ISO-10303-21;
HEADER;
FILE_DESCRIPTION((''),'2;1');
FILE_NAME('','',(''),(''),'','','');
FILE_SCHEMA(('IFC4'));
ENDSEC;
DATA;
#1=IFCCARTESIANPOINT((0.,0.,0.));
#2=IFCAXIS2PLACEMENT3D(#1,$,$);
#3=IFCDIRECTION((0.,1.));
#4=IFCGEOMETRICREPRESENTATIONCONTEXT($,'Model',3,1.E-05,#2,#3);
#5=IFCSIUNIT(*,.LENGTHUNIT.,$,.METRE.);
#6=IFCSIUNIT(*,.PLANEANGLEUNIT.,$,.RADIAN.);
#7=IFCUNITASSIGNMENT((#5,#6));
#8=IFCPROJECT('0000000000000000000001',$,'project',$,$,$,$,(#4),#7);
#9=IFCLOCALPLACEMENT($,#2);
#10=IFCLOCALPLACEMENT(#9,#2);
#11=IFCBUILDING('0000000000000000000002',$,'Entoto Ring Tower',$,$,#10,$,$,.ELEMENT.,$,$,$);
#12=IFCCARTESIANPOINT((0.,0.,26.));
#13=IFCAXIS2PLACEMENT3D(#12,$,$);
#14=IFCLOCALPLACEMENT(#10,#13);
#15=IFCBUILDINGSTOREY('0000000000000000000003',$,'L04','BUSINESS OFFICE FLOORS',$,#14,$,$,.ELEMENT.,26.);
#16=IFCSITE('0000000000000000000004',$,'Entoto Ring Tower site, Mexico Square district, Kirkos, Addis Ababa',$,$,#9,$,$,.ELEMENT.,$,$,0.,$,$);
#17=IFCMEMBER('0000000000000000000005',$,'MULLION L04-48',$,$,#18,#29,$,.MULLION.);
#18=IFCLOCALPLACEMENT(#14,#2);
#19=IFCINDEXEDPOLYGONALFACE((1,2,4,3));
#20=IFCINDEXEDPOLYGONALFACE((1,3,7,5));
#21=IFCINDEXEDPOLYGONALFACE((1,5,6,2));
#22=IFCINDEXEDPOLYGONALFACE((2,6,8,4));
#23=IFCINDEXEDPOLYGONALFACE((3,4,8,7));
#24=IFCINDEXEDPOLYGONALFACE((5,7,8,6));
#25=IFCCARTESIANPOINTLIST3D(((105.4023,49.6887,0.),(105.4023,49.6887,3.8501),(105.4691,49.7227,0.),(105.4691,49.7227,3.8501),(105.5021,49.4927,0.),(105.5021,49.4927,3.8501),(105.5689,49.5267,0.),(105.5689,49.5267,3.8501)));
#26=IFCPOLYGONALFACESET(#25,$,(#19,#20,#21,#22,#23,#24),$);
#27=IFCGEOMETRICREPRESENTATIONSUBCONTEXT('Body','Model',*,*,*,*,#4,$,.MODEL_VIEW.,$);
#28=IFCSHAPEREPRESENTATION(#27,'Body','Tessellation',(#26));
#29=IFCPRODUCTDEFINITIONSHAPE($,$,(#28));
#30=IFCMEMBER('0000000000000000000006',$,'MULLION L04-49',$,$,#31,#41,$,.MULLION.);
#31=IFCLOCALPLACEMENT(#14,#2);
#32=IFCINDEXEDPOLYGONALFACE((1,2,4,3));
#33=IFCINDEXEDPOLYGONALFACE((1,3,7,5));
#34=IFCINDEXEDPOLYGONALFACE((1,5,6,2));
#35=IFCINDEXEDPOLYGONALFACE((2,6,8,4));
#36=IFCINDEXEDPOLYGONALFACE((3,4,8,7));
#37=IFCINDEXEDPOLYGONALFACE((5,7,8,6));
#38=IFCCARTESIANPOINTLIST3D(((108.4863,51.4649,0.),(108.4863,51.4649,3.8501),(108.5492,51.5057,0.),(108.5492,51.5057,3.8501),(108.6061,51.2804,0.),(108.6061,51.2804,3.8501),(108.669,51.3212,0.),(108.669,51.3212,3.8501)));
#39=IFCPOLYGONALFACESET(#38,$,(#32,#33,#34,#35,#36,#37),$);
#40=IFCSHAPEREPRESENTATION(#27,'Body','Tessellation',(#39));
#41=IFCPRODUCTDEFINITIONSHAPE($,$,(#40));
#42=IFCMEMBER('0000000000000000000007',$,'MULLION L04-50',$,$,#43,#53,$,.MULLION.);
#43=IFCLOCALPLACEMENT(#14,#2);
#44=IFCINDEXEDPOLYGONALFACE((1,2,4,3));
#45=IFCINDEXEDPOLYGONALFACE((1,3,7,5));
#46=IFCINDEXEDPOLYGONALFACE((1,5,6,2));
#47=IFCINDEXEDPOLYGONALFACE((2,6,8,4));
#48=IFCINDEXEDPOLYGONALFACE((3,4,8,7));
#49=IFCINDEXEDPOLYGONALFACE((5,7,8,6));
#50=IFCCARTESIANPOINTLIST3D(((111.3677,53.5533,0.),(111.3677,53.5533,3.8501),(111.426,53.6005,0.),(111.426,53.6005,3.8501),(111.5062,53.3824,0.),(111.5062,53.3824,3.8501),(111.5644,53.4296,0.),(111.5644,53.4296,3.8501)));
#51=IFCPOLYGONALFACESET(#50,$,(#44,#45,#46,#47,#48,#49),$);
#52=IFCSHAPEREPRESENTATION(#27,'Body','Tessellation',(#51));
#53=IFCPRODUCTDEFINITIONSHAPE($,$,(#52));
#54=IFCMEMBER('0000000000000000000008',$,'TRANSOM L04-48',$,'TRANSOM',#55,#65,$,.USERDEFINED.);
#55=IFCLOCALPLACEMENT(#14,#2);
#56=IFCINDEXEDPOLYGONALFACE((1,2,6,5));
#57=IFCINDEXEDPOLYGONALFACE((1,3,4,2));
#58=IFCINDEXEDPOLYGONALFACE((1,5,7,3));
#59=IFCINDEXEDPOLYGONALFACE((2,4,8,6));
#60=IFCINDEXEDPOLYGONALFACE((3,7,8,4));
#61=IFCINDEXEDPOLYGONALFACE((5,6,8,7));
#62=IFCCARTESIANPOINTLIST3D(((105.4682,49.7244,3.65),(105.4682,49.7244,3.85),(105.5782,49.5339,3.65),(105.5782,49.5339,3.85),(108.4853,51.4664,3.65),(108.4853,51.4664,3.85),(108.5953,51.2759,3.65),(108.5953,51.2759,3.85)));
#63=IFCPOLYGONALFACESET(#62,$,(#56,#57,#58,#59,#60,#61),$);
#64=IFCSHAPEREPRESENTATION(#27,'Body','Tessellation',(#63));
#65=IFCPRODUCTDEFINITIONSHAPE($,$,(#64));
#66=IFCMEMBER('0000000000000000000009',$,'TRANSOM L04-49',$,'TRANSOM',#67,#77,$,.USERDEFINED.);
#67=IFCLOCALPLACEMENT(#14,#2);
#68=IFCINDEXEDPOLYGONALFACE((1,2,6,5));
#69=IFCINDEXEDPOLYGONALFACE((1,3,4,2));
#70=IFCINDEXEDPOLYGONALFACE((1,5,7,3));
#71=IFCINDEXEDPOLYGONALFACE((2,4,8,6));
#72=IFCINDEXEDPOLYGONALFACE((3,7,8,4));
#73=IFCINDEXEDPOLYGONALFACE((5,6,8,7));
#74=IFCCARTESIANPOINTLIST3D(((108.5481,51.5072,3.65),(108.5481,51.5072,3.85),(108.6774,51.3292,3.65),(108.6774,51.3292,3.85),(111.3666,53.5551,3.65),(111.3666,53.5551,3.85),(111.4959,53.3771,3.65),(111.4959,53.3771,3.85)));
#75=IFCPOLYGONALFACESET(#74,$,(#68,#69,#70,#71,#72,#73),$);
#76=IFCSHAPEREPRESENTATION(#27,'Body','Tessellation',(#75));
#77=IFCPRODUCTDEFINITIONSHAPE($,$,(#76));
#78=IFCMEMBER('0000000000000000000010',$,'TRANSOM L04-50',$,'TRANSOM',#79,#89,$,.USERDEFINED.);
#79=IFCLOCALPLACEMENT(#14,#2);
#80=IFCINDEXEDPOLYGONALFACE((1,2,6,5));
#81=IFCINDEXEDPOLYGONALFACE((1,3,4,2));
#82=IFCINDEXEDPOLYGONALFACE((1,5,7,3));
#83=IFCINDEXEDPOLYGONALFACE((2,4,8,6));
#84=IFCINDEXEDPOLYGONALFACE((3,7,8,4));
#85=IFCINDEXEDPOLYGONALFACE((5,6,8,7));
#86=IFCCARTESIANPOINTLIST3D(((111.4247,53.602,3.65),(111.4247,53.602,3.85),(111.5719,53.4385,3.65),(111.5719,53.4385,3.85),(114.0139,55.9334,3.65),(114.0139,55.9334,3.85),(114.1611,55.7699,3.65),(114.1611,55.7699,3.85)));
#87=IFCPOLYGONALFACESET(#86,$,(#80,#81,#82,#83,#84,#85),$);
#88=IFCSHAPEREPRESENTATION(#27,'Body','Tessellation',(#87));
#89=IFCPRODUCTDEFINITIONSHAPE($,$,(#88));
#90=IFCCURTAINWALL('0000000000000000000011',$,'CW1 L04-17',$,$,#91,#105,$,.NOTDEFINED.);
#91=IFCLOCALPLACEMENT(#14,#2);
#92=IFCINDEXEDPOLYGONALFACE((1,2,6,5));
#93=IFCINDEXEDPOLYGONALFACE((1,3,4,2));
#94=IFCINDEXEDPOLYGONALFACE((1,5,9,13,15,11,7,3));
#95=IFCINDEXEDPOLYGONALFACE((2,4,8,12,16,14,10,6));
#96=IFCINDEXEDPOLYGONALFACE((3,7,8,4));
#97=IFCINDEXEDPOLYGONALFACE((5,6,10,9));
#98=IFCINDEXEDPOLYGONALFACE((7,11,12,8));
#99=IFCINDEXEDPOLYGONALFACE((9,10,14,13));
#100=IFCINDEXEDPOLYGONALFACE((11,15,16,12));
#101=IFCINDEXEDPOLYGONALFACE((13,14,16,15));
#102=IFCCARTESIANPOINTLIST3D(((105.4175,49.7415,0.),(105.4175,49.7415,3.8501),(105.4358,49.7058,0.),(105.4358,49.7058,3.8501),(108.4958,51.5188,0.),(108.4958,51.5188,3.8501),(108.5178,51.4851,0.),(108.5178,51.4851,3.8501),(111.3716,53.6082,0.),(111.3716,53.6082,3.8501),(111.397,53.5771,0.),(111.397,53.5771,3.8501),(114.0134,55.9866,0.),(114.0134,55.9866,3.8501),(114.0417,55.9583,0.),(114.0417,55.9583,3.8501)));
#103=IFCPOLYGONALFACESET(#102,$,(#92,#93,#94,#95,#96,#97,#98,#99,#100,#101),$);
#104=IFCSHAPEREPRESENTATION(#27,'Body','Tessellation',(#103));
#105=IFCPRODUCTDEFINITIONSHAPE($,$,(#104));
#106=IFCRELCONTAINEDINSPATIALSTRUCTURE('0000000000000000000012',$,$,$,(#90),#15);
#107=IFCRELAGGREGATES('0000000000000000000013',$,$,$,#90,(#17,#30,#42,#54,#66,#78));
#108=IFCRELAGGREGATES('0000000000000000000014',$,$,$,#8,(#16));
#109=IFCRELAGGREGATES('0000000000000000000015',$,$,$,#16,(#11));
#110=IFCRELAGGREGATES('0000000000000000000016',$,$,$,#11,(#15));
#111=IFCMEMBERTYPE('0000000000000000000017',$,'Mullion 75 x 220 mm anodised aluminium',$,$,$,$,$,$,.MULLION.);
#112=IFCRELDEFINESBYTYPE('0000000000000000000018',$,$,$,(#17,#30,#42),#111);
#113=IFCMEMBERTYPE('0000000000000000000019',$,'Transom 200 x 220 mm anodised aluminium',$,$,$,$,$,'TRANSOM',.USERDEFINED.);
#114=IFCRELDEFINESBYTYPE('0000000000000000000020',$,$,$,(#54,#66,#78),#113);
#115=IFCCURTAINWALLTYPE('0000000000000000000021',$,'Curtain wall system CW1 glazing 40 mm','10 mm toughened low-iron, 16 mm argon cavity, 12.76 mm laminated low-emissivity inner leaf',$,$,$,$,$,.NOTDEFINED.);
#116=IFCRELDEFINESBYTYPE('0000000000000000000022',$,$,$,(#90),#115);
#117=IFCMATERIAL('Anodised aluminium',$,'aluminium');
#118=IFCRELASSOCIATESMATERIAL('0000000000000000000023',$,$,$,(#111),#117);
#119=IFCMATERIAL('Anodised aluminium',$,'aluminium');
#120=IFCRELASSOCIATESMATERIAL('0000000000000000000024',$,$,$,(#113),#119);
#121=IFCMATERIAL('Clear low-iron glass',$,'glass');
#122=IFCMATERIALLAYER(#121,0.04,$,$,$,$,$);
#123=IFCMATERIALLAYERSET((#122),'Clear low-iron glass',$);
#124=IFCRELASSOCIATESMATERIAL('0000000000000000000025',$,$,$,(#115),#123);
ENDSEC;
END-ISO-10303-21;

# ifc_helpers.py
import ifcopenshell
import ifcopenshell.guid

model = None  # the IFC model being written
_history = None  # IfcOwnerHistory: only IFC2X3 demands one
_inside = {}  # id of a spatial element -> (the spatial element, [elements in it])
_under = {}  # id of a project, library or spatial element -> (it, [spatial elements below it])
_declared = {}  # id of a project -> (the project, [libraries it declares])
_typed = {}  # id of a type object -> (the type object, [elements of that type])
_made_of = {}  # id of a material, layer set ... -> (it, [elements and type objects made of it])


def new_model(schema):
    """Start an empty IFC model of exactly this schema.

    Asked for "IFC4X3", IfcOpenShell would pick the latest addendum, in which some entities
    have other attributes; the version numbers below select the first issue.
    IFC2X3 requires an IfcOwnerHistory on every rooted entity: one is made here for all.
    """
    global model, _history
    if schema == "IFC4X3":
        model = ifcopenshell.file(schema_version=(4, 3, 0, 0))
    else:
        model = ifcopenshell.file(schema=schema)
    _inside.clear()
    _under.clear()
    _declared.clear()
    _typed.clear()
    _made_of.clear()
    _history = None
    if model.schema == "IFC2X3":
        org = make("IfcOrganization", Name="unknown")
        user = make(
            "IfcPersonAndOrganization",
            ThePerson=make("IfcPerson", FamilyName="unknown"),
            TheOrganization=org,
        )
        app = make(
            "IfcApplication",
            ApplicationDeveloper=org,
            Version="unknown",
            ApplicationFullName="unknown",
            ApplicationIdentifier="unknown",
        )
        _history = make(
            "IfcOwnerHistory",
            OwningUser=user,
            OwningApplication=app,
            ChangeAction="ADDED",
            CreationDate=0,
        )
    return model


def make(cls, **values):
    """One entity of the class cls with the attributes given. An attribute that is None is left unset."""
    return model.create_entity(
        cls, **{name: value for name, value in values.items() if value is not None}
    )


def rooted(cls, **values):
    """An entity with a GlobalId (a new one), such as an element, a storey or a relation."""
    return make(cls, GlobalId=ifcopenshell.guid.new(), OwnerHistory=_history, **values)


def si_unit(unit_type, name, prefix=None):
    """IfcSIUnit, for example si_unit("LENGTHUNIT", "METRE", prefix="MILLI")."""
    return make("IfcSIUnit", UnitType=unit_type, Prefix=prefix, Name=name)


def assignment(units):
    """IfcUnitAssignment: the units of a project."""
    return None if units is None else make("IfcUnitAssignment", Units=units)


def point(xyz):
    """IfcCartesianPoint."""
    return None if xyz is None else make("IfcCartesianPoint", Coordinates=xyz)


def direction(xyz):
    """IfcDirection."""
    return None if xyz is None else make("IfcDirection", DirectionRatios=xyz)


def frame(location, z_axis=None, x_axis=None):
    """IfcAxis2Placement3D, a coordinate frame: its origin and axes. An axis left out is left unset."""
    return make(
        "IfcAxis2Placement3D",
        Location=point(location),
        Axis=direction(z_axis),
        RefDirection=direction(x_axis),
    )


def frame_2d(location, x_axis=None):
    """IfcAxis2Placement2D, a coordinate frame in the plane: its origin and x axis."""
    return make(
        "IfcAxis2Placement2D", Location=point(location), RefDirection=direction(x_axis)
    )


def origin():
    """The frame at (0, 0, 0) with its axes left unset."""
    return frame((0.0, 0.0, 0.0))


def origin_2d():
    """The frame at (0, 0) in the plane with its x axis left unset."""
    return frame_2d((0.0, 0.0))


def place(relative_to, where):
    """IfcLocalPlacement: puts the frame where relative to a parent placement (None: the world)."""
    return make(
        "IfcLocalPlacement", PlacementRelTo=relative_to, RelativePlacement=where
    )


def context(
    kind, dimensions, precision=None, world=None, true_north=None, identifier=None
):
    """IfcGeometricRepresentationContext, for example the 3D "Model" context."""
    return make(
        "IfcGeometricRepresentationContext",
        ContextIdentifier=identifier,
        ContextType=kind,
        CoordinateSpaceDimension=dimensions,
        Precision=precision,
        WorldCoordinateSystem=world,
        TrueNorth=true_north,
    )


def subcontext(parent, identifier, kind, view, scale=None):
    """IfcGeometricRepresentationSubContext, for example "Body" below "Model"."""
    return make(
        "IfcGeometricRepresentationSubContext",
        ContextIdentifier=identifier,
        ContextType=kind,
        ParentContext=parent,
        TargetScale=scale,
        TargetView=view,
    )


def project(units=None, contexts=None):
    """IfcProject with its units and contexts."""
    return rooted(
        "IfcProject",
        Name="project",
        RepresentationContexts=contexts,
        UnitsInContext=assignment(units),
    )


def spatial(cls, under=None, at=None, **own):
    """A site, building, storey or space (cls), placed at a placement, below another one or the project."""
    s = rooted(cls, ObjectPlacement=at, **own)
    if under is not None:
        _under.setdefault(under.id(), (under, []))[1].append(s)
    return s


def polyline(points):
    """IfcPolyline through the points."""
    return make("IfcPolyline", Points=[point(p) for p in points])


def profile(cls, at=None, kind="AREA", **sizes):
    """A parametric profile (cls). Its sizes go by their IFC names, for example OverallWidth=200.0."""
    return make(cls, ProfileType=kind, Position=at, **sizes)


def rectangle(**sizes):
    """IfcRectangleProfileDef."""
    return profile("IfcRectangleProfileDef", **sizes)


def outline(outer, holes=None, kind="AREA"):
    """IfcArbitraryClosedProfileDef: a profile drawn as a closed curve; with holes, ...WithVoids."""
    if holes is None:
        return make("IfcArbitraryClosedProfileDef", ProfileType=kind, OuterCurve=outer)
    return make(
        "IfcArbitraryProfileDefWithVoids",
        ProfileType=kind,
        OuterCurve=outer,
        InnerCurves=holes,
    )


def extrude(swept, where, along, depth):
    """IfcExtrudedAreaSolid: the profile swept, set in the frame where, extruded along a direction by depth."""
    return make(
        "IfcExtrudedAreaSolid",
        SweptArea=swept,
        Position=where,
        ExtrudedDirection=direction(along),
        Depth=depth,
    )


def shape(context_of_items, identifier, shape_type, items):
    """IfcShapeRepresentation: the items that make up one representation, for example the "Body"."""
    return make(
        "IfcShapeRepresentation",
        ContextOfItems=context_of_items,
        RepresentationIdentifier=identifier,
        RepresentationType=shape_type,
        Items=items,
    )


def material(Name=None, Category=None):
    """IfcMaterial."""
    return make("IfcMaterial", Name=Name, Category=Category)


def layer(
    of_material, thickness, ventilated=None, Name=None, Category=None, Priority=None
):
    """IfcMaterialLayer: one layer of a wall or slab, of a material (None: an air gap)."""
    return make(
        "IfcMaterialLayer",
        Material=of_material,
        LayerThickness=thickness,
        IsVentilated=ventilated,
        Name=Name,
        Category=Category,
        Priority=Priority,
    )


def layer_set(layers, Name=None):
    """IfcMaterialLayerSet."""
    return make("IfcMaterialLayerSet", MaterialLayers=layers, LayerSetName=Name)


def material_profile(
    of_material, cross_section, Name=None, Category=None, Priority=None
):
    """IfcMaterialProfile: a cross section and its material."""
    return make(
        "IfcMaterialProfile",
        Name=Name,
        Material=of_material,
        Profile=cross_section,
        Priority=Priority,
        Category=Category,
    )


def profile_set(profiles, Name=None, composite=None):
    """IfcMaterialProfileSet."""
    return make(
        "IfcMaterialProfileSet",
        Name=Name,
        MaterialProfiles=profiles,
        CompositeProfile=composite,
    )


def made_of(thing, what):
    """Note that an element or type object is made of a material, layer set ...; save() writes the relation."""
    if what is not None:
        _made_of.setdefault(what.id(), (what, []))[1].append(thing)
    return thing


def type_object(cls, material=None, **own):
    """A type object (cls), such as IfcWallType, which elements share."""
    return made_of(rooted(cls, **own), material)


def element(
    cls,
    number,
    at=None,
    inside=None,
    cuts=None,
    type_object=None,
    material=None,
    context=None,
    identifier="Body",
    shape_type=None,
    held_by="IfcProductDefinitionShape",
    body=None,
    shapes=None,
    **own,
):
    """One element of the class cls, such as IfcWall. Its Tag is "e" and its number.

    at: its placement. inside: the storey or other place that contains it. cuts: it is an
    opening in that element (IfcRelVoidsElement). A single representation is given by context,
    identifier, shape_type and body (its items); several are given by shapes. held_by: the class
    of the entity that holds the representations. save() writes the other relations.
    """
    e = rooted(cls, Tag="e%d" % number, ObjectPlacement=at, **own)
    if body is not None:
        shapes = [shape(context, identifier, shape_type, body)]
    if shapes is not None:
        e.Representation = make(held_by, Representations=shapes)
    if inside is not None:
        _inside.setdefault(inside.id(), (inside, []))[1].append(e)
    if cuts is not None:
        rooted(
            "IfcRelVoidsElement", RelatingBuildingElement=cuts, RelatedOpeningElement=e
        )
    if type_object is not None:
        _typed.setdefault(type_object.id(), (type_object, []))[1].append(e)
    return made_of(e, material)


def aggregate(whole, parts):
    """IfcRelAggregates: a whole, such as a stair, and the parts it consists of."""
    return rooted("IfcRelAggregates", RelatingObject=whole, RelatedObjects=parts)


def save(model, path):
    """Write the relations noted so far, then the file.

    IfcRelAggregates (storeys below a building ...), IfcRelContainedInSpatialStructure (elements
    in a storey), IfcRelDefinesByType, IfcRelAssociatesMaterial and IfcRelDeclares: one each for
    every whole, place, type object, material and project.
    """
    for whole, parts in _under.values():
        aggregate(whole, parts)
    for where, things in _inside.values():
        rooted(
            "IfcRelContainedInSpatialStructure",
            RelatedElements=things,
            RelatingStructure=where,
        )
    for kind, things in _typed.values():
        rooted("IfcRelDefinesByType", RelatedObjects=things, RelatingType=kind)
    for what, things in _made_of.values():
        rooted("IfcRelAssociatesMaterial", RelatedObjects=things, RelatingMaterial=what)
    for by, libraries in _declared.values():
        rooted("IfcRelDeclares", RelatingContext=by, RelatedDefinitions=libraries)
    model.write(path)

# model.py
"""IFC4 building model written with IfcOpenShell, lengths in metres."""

from ifc_helpers import new_model, si_unit, direction, frame, origin, origin_2d, place, context, subcontext, project, spatial, polyline, rectangle, outline, extrude, material, layer, layer_set, material_profile, profile_set, type_object, element, aggregate, save


model = new_model("IFC4")

# Units and contexts
model_context = context("Model", 3, precision=1e-05, world=origin(), true_north=direction((0.0, 1.0)))
body_context = subcontext(model_context, "Body", "Model", "MODEL_VIEW")
ifc_project = project(units=[si_unit("LENGTHUNIT", "METRE"), si_unit("PLANEANGLEUNIT", "RADIAN")], contexts=[model_context])

# Members
ifc_material_1 = material(Name="Anodised aluminium", Category="aluminium")
ifc_material_profile_1 = material_profile(ifc_material_1, rectangle(XDim=0.075, YDim=0.22, at=origin_2d()), Name="Mullion 75 x 220 mm anodised aluminium")
ifc_profile_set_1 = profile_set([ifc_material_profile_1], Name="Anodised aluminium")
member_type_1 = type_object("IfcMemberType", Name="Mullion 75 x 220 mm anodised aluminium", PredefinedType="MULLION", material=ifc_profile_set_1)
site_placement = place(None, origin())
building_placement = place(site_placement, origin())
storey_placement = place(building_placement, frame((0.0, 0.0, 26.0)))
member_1_placement = place(storey_placement, frame((105.4856, 49.6077, 0.0), z_axis=(0.0, 0.0, 1.0), x_axis=(0.891007, 0.45399, 0.0)))
member_1 = element("IfcMember", 1, at=member_1_placement, type_object=member_type_1, Name="MULLION L04-48", PredefinedType="MULLION", context=body_context, shape_type="SweptSolid", body=[
    extrude(rectangle(XDim=0.075, YDim=0.22, at=origin_2d()), origin(), (0.0, 0.0, 1.0), 3.8501),
])
member_2_placement = place(storey_placement, frame((108.5776, 51.3931, 0.0), z_axis=(0.0, 0.0, 1.0), x_axis=(0.838671, 0.544639, 0.0)))
member_2 = element("IfcMember", 2, at=member_2_placement, type_object=member_type_1, Name="MULLION L04-49", PredefinedType="MULLION", context=body_context, shape_type="SweptSolid", body=[
    extrude(rectangle(XDim=0.075, YDim=0.22, at=origin_2d()), origin(), (0.0, 0.0, 1.0), 3.8501),
])
member_3_placement = place(storey_placement, frame((111.4661, 53.4915, 0.0), z_axis=(0.0, 0.0, 1.0), x_axis=(0.777146, 0.62932, 0.0)))
member_3 = element("IfcMember", 3, at=member_3_placement, type_object=member_type_1, Name="MULLION L04-50", PredefinedType="MULLION", context=body_context, shape_type="SweptSolid", body=[
    extrude(rectangle(XDim=0.075, YDim=0.22, at=origin_2d()), origin(), (0.0, 0.0, 1.0), 3.8501),
])
ifc_material_2 = material(Name="Anodised aluminium", Category="aluminium")
ifc_material_profile_2 = material_profile(ifc_material_2, rectangle(XDim=0.22, YDim=0.2, at=origin_2d()), Name="Transom 200 x 220 mm anodised aluminium")
ifc_profile_set_2 = profile_set([ifc_material_profile_2], Name="Anodised aluminium")
member_type_2 = type_object("IfcMemberType", Name="Transom 200 x 220 mm anodised aluminium", ElementType="TRANSOM", PredefinedType="USERDEFINED", material=ifc_profile_set_2)
member_4_placement = place(storey_placement, frame((105.5232, 49.6292, 3.75), z_axis=(0.866022, 0.500006, 0.0), x_axis=(-0.500006, 0.866022, 0.0)))
member_4 = element("IfcMember", 4, at=member_4_placement, type_object=member_type_2, Name="TRANSOM L04-48", ObjectType="TRANSOM", PredefinedType="USERDEFINED", context=body_context, shape_type="SweptSolid", body=[
    extrude(rectangle(XDim=0.22, YDim=0.2, at=origin_2d()), origin(), (0.0, 0.0, 1.0), 3.4839),
])
member_5_placement = place(storey_placement, frame((108.6128, 51.4182, 3.75), z_axis=(0.808991, 0.587822, 0.0), x_axis=(-0.587822, 0.808991, 0.0)))
member_5 = element("IfcMember", 5, at=member_5_placement, type_object=member_type_2, Name="TRANSOM L04-49", ObjectType="TRANSOM", PredefinedType="USERDEFINED", context=body_context, shape_type="SweptSolid", body=[
    extrude(rectangle(XDim=0.22, YDim=0.2, at=origin_2d()), origin(), (0.0, 0.0, 1.0), 3.4839),
])
member_6_placement = place(storey_placement, frame((111.4983, 53.5203, 3.75), z_axis=(0.743137, 0.669139, 0.0), x_axis=(-0.669139, 0.743137, 0.0)))
member_6 = element("IfcMember", 6, at=member_6_placement, type_object=member_type_2, Name="TRANSOM L04-50", ObjectType="TRANSOM", PredefinedType="USERDEFINED", context=body_context, shape_type="SweptSolid", body=[
    extrude(rectangle(XDim=0.22, YDim=0.2, at=origin_2d()), origin(), (0.0, 0.0, 1.0), 3.4841),
])

# Site, building, storey
site = spatial("IfcSite", under=ifc_project, at=site_placement, Name="Entoto Ring Tower site, Mexico Square district, Kirkos, Addis Ababa", CompositionType="ELEMENT", RefElevation=0.0)
building = spatial("IfcBuilding", under=site, at=building_placement, Name="Entoto Ring Tower", CompositionType="ELEMENT")
storey = spatial("IfcBuildingStorey", under=building, at=storey_placement, Name="L04", Description="BUSINESS OFFICE FLOORS", CompositionType="ELEMENT", Elevation=26.0)

# Curtain wall
ifc_material_3 = material(Name="Clear low-iron glass", Category="glass")
ifc_layer_1 = layer(ifc_material_3, 0.04)
ifc_layer_set_1 = layer_set([ifc_layer_1], Name="Clear low-iron glass")
curtain_wall_type = type_object("IfcCurtainWallType", Name="Curtain wall system CW1 glazing 40 mm", Description="10 mm toughened low-iron, 16 mm argon cavity, 12.76 mm laminated low-emissivity inner leaf", PredefinedType="NOTDEFINED", material=ifc_layer_set_1)
curtain_wall_1_placement = place(storey_placement, origin())
curtain_wall_1 = element("IfcCurtainWall", 7, at=curtain_wall_1_placement, inside=storey, type_object=curtain_wall_type, Name="CW1 L04-17", PredefinedType="NOTDEFINED", context=body_context, shape_type="SweptSolid", body=[
    extrude(outline(polyline([(105.4358, 49.7058), (108.5178, 51.4851), (111.397, 53.5771), (114.0417, 55.9583), (114.0134, 55.9866), (111.3716, 53.6082), (108.4958, 51.5188), (105.4175, 49.7415), (105.4358, 49.7058)])), origin(), (0.0, 0.0, 1.0), 3.8501),
])
aggregate(curtain_wall_1, [member_1, member_2, member_3, member_4, member_5, member_6])

save(model, "model.ifc")
